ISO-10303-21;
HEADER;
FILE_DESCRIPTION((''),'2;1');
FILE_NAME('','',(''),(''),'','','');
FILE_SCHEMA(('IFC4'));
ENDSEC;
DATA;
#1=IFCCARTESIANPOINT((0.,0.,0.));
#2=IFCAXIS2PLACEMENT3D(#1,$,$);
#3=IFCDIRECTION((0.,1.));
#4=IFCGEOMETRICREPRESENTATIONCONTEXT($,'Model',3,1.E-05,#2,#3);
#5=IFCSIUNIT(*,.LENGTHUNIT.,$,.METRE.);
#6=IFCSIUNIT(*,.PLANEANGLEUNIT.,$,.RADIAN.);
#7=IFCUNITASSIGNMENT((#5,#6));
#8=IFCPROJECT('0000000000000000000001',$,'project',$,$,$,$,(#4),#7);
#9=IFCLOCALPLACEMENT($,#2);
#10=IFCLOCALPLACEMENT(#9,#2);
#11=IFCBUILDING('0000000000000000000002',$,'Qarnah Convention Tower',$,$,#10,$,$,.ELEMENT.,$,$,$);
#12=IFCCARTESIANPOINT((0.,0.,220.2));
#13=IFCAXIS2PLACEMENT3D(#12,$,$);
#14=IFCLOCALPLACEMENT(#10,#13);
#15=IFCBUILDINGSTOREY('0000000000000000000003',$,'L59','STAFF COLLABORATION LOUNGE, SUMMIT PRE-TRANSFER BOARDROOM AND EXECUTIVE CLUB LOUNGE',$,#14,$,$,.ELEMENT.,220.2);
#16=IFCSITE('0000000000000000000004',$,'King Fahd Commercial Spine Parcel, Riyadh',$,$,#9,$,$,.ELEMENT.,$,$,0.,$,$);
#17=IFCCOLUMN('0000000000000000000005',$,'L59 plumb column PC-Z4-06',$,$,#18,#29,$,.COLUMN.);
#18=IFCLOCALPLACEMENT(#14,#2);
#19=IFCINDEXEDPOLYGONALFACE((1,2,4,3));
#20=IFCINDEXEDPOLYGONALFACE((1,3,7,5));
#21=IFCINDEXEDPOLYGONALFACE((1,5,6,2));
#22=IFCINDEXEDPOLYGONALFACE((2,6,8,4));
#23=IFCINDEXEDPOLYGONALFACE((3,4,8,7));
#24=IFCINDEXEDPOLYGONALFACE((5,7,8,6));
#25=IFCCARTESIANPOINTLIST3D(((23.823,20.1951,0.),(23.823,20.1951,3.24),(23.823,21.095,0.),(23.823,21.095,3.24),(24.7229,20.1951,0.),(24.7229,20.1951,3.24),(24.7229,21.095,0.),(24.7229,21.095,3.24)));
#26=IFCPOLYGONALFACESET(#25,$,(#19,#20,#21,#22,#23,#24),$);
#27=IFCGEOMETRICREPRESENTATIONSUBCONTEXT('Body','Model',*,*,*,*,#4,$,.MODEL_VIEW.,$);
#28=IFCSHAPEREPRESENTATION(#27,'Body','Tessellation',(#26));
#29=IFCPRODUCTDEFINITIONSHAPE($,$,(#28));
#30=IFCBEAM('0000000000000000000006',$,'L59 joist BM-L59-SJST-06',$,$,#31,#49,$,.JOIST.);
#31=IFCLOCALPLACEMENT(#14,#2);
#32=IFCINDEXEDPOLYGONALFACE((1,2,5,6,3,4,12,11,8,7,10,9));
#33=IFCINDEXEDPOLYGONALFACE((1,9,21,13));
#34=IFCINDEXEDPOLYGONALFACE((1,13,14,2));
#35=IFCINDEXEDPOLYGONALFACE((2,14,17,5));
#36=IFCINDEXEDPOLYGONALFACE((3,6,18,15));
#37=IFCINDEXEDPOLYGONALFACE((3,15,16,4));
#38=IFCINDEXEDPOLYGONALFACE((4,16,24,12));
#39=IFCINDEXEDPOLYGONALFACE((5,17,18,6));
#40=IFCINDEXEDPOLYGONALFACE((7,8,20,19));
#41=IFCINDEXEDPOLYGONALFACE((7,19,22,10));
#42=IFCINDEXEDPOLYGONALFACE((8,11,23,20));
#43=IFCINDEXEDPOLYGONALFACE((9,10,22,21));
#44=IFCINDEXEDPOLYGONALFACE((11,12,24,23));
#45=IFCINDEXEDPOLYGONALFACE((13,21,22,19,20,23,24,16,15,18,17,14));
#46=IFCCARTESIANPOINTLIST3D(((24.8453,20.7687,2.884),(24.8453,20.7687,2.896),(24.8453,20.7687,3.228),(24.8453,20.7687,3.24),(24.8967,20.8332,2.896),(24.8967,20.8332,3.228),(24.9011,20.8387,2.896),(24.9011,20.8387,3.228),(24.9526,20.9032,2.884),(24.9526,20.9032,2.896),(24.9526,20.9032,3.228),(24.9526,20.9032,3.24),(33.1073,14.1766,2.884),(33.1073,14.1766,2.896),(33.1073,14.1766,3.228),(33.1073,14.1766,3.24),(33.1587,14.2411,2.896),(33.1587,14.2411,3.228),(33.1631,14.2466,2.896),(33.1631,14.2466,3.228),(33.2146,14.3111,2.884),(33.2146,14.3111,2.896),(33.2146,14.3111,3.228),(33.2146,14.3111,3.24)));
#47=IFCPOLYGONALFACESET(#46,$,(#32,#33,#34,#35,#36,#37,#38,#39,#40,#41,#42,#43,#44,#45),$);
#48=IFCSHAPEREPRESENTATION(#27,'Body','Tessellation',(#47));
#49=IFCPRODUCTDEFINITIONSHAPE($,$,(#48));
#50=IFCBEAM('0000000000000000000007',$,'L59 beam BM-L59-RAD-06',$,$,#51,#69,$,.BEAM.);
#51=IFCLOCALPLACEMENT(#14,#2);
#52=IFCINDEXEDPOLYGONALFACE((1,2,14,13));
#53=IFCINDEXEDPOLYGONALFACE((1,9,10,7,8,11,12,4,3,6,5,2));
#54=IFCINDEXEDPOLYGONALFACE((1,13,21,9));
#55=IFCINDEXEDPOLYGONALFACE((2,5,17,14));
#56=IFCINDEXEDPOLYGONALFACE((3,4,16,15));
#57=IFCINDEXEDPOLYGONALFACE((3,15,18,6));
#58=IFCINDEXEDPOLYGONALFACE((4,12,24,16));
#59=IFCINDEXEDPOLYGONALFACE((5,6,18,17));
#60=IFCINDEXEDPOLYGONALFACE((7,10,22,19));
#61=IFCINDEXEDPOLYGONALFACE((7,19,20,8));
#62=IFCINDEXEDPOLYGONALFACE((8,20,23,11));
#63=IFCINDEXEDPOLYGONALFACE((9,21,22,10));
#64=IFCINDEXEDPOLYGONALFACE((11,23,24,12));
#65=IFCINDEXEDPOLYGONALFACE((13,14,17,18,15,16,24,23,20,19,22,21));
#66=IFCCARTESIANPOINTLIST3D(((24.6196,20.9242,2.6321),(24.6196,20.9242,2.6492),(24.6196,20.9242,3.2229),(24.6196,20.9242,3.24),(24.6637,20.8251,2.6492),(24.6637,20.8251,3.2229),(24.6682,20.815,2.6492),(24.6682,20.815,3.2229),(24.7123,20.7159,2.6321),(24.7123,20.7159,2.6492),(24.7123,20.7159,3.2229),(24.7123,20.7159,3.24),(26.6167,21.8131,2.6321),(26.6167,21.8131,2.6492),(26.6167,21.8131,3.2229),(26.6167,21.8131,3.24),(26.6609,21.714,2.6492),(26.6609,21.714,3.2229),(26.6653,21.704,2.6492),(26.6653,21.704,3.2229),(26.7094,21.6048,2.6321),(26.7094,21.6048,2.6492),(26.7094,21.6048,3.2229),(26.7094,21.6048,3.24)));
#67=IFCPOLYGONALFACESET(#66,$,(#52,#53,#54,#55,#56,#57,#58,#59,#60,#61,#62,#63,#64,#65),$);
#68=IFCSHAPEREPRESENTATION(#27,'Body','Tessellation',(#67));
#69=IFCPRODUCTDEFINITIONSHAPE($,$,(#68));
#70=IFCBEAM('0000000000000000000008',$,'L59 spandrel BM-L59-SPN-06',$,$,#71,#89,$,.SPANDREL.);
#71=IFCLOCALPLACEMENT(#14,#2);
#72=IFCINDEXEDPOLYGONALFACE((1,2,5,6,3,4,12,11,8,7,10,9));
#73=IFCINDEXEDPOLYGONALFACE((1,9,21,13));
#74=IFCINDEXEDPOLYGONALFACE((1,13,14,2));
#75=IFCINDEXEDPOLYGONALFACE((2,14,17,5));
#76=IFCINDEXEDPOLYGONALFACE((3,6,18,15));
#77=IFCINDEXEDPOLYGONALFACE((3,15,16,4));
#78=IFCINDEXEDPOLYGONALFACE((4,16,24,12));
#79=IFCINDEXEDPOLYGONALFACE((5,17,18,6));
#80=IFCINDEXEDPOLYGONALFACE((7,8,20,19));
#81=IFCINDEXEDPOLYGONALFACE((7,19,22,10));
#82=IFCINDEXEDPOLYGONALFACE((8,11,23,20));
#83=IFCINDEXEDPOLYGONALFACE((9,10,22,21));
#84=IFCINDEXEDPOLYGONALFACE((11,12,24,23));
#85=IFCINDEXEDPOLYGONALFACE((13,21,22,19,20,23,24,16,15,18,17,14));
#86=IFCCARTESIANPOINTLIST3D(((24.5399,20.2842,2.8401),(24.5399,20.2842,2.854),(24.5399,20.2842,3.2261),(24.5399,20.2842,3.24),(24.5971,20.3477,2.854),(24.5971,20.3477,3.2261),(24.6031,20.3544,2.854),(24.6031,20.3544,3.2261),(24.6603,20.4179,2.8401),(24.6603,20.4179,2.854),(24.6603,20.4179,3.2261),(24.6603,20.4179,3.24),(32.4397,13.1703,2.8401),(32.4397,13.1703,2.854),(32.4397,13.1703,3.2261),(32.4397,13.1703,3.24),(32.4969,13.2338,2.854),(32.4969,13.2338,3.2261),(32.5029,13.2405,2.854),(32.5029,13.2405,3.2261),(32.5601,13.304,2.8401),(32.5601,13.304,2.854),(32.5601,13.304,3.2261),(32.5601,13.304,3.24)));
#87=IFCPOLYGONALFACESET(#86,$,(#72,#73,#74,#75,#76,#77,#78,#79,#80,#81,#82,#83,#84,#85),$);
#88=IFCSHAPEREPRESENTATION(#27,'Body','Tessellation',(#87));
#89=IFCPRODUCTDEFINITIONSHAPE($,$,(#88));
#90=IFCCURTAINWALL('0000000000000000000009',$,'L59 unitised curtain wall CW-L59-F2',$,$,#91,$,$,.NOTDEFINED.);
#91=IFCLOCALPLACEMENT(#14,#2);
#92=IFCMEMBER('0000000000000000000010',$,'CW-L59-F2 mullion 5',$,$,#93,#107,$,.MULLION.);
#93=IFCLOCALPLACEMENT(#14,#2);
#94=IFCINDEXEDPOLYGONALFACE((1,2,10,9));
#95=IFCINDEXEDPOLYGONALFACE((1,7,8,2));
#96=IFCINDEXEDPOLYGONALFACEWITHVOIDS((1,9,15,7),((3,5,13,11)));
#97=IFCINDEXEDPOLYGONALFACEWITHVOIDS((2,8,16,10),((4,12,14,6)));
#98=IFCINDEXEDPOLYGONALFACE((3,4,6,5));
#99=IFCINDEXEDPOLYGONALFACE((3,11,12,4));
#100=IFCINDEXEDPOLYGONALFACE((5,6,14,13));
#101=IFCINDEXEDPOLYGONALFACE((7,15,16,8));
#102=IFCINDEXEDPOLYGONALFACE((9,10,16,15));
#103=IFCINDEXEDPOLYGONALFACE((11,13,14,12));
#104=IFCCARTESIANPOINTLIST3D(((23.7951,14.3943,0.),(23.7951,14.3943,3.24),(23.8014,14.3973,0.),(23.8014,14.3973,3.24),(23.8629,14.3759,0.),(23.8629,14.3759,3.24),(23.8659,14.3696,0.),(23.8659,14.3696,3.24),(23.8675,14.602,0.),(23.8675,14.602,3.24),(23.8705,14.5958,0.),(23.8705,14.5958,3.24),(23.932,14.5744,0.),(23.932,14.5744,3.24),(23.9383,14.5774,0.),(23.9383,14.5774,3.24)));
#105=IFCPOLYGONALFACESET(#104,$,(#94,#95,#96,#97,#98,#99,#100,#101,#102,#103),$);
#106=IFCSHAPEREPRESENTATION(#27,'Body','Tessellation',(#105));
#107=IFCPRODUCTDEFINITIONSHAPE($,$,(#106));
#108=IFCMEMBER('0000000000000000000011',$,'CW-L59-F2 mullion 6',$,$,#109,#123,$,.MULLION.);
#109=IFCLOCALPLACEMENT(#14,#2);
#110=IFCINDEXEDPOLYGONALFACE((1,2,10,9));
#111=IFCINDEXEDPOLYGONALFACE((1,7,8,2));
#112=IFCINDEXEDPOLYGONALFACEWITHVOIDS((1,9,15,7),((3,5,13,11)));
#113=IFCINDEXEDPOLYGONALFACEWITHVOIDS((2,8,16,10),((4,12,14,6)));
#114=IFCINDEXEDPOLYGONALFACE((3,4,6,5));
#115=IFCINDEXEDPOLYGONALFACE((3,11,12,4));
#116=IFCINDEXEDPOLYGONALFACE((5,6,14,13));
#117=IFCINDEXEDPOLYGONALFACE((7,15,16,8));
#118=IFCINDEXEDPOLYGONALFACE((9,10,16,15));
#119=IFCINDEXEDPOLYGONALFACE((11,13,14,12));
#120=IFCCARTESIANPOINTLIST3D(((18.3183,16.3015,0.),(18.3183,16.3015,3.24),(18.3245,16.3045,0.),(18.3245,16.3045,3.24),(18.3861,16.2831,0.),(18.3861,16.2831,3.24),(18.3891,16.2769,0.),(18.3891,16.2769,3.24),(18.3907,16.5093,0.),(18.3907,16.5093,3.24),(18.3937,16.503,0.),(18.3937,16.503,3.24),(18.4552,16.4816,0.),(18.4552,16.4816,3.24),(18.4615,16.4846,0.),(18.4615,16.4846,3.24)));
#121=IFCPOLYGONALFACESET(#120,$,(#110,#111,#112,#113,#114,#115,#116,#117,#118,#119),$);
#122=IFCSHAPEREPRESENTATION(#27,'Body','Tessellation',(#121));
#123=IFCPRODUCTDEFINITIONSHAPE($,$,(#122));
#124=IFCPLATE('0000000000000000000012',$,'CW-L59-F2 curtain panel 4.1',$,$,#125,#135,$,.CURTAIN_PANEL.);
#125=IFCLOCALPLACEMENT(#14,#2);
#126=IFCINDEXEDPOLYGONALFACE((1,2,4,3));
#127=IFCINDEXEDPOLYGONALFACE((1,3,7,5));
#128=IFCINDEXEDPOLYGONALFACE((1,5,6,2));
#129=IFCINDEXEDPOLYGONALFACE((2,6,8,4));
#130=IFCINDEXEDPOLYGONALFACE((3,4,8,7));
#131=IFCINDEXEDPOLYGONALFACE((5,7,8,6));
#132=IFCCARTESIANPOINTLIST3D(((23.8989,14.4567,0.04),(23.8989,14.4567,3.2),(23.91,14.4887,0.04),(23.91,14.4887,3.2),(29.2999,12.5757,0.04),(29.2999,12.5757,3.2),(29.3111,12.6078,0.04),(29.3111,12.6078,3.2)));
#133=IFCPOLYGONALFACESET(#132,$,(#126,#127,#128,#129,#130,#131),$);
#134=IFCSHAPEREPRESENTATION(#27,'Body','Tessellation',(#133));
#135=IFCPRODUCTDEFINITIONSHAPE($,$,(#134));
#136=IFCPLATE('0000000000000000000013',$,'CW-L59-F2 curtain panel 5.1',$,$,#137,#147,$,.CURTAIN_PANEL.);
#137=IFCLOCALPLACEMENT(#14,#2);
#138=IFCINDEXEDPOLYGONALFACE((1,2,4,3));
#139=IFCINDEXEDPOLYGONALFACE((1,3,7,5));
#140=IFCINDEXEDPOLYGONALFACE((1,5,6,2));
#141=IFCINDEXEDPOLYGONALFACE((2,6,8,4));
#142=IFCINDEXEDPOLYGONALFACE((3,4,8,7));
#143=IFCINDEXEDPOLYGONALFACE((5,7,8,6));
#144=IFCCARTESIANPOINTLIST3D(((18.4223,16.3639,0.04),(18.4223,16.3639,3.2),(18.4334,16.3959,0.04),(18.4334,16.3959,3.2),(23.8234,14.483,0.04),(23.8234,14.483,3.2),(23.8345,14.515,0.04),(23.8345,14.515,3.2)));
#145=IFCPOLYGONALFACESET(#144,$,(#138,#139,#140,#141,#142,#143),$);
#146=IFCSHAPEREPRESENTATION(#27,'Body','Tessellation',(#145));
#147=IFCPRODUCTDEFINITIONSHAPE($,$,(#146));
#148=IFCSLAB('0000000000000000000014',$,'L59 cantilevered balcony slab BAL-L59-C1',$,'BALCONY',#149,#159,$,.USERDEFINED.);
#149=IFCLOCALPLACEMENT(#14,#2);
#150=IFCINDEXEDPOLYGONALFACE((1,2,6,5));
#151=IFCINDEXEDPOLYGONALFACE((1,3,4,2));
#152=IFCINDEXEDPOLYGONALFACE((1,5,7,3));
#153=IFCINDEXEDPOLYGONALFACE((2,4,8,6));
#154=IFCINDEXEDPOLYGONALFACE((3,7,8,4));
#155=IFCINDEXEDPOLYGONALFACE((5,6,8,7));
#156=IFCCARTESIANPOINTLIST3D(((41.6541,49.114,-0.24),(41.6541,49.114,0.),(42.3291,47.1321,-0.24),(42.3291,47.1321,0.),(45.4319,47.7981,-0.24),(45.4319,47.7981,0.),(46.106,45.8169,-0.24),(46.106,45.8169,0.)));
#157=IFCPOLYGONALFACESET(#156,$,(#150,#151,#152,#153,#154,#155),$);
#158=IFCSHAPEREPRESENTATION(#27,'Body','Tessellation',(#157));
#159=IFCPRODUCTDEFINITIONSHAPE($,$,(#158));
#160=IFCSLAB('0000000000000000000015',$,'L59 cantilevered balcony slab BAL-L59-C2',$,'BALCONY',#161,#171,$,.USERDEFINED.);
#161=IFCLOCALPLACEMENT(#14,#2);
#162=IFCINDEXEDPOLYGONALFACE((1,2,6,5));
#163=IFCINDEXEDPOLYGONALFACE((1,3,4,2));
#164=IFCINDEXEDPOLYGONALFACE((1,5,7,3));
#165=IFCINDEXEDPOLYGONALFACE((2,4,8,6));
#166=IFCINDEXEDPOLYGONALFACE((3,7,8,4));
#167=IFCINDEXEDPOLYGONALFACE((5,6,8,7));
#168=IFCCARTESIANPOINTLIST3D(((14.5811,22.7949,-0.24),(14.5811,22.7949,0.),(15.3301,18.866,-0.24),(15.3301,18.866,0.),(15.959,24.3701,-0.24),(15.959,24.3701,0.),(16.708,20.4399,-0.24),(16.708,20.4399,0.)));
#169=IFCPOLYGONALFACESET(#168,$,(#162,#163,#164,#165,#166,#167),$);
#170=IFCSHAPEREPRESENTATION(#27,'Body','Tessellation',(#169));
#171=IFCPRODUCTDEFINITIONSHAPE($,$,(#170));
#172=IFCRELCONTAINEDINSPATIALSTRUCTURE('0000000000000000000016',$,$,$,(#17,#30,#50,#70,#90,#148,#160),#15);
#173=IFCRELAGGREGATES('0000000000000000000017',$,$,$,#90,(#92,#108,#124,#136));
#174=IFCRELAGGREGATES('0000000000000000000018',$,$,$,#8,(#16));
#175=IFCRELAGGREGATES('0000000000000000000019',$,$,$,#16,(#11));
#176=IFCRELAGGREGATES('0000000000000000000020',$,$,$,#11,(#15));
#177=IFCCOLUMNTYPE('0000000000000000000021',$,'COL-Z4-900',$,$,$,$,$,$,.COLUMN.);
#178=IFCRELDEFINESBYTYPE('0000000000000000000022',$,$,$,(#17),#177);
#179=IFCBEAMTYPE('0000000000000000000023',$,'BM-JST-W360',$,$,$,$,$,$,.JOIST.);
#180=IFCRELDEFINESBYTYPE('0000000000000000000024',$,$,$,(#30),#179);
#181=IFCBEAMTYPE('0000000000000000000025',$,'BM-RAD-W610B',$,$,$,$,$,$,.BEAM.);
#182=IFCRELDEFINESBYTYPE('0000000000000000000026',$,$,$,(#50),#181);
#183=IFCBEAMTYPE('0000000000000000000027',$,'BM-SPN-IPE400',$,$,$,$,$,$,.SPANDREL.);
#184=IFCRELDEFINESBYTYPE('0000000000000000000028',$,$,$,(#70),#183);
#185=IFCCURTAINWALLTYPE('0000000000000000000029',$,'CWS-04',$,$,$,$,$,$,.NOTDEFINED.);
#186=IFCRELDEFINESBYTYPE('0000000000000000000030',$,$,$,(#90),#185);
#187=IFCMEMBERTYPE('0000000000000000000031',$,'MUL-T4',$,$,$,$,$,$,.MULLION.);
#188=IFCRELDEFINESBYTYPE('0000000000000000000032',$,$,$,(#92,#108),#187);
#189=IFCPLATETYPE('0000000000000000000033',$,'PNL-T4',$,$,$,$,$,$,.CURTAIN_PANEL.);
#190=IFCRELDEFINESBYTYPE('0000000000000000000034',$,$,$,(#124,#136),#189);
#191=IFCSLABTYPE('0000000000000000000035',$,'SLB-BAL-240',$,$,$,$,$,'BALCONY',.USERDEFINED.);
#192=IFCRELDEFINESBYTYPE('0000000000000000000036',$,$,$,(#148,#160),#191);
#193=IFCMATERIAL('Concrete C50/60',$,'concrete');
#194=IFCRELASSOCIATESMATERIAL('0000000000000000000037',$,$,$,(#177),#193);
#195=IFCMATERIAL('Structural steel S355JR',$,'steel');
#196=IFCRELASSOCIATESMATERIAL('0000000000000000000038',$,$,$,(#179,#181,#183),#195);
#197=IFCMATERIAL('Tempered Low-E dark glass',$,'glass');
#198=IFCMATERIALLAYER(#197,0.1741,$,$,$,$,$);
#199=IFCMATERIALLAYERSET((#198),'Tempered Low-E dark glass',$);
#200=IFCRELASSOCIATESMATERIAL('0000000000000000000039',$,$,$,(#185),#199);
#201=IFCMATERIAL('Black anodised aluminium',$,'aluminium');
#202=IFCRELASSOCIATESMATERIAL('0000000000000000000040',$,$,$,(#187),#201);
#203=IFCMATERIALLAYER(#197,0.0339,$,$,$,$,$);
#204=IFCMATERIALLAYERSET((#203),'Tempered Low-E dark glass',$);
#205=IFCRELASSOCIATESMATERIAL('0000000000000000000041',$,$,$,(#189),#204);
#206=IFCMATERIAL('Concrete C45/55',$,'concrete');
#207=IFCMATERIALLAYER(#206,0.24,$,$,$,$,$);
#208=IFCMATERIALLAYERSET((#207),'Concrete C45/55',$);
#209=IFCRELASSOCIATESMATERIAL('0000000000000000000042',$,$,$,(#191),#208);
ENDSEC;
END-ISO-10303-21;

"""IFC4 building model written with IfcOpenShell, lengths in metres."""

from ifc_helpers import new_model, si_unit, direction, frame, origin, origin_2d, place, context, subcontext, project, spatial, polyline, rectangle, hollow_rectangle, i_section, outline, extrude, material, layer, layer_set, material_profile, profile_set, type_object, element, aggregate, save


model = new_model("IFC4")

# Units and contexts
model_context = context("Model", 3, precision=1e-05, world=origin(), true_north=direction((0.0, 1.0)))
body_context = subcontext(model_context, "Body", "Model", "MODEL_VIEW")
ifc_project = project(units=[si_unit("LENGTHUNIT", "METRE"), si_unit("PLANEANGLEUNIT", "RADIAN")], contexts=[model_context])

# Site, building, storey
site_placement = place(None, origin())
site = spatial("IfcSite", under=ifc_project, at=site_placement, Name="King Fahd Commercial Spine Parcel, Riyadh", CompositionType="ELEMENT", RefElevation=0.0)
building_placement = place(site_placement, origin())
building = spatial("IfcBuilding", under=site, at=building_placement, Name="Qarnah Convention Tower", CompositionType="ELEMENT")
storey_placement = place(building_placement, frame((0.0, 0.0, 220.2)))
storey = spatial("IfcBuildingStorey", under=building, at=storey_placement, Name="L59", Description="STAFF COLLABORATION LOUNGE, SUMMIT PRE-TRANSFER BOARDROOM AND EXECUTIVE CLUB LOUNGE", CompositionType="ELEMENT", Elevation=220.2)

# Column
ifc_material_1 = material(Name="Concrete C50/60", Category="concrete")
ifc_material_profile_1 = material_profile(ifc_material_1, rectangle(XDim=0.8999, YDim=0.8999, at=origin_2d()), Name="RC-COL-900X900")
ifc_profile_set_1 = profile_set([ifc_material_profile_1], Name="Concrete C50/60")
column_type = type_object("IfcColumnType", Name="COL-Z4-900", PredefinedType="COLUMN", material=ifc_profile_set_1)
column_placement = place(storey_placement, frame((24.2729, 20.645, 0.0), z_axis=(0.0, 0.0, 1.0), x_axis=(1.0, 0.0, 0.0)))
element("IfcColumn", 1, at=column_placement, inside=storey, type_object=column_type, Name="L59 plumb column PC-Z4-06", PredefinedType="COLUMN", context=body_context, shape_type="SweptSolid", body=[
    extrude(rectangle(XDim=0.8999, YDim=0.8999, at=origin_2d()), origin(), (0.0, 0.0, 1.0), 3.24),
])

# Beams
ifc_material_2 = material(Name="Structural steel S355JR", Category="steel")
ifc_material_profile_2 = material_profile(ifc_material_2, i_section(OverallWidth=0.1721, OverallDepth=0.356, WebThickness=0.0071, FlangeThickness=0.012, at=origin_2d()), Name="W360X51")
ifc_profile_set_2 = profile_set([ifc_material_profile_2], Name="Structural steel S355JR")
beam_type_1 = type_object("IfcBeamType", Name="BM-JST-W360", PredefinedType="JOIST", material=ifc_profile_set_2)
beam_1_placement = place(storey_placement, frame((24.8989, 20.8359, 3.062), z_axis=(0.781677, -0.623683, 0.0), x_axis=(0.623683, 0.781677, 0.0)))
element("IfcBeam", 2, at=beam_1_placement, inside=storey, type_object=beam_type_1, Name="L59 joist BM-L59-SJST-06", PredefinedType="JOIST", context=body_context, shape_type="SweptSolid", body=[
    extrude(i_section(OverallWidth=0.1721, OverallDepth=0.356, WebThickness=0.0071, FlangeThickness=0.012, at=origin_2d()), origin(), (0.0, 0.0, 1.0), 10.5696),
])
ifc_material_profile_3 = material_profile(ifc_material_2, i_section(OverallWidth=0.228, OverallDepth=0.6079, WebThickness=0.011, FlangeThickness=0.0171, at=origin_2d()), Name="W610X113")
ifc_profile_set_3 = profile_set([ifc_material_profile_3], Name="Structural steel S355JR")
beam_type_2 = type_object("IfcBeamType", Name="BM-RAD-W610B", PredefinedType="BEAM", material=ifc_profile_set_3)
beam_2_placement = place(storey_placement, frame((26.6631, 21.709, 2.936), z_axis=(-0.913586, -0.406646, 0.0), x_axis=(0.406646, -0.913586, 0.0)))
element("IfcBeam", 3, at=beam_2_placement, inside=storey, type_object=beam_type_2, Name="L59 beam BM-L59-RAD-06", PredefinedType="BEAM", context=body_context, shape_type="SweptSolid", body=[
    extrude(i_section(OverallWidth=0.228, OverallDepth=0.6079, WebThickness=0.011, FlangeThickness=0.0171, at=origin_2d()), origin(), (0.0, 0.0, 1.0), 2.186),
])
ifc_material_profile_4 = material_profile(ifc_material_2, i_section(OverallWidth=0.1799, OverallDepth=0.3999, WebThickness=0.009, FlangeThickness=0.0139, at=origin_2d()), Name="IPE400")
ifc_profile_set_4 = profile_set([ifc_material_profile_4], Name="Structural steel S355JR")
beam_type_3 = type_object("IfcBeamType", Name="BM-SPN-IPE400", PredefinedType="SPANDREL", material=ifc_profile_set_4)
beam_3_placement = place(storey_placement, frame((24.6001, 20.3511, 3.04), z_axis=(0.743102, -0.669178, 0.0), x_axis=(0.669178, 0.743102, 0.0)))
element("IfcBeam", 4, at=beam_3_placement, inside=storey, type_object=beam_type_3, Name="L59 spandrel BM-L59-SPN-06", PredefinedType="SPANDREL", context=body_context, shape_type="SweptSolid", body=[
    extrude(i_section(OverallWidth=0.1799, OverallDepth=0.3999, WebThickness=0.009, FlangeThickness=0.0139, at=origin_2d()), origin(), (0.0, 0.0, 1.0), 10.6309),
])

# Curtain wall, members, plates
ifc_material_3 = material(Name="Tempered Low-E dark glass", Category="glass")
ifc_layer_1 = layer(ifc_material_3, 0.1741)
ifc_layer_set_1 = layer_set([ifc_layer_1], Name="Tempered Low-E dark glass")
curtain_wall_type = type_object("IfcCurtainWallType", Name="CWS-04", PredefinedType="NOTDEFINED", material=ifc_layer_set_1)
curtain_wall_placement = place(storey_placement, origin())
curtain_wall = element("IfcCurtainWall", 5, at=curtain_wall_placement, inside=storey, type_object=curtain_wall_type, Name="L59 unitised curtain wall CW-L59-F2", PredefinedType="NOTDEFINED")
ifc_material_4 = material(Name="Black anodised aluminium", Category="aluminium")
ifc_material_profile_5 = material_profile(ifc_material_4, hollow_rectangle(XDim=0.075, YDim=0.22, WallThickness=0.0049, at=origin_2d()), Name="MUL-75X220")
ifc_profile_set_5 = profile_set([ifc_material_profile_5], Name="Black anodised aluminium")
member_type = type_object("IfcMemberType", Name="MUL-T4", PredefinedType="MULLION", material=ifc_profile_set_5)
member_1_placement = place(storey_placement, frame((23.8667, 14.4858, 0.0), z_axis=(0.0, 0.0, 1.0), x_axis=(-0.944374, 0.328874, 0.0)))
member_1 = element("IfcMember", 6, at=member_1_placement, type_object=member_type, Name="CW-L59-F2 mullion 5", PredefinedType="MULLION", context=body_context, shape_type="SweptSolid", body=[
    extrude(hollow_rectangle(XDim=0.075, YDim=0.22, WallThickness=0.0049, at=origin_2d()), origin(), (0.0, 0.0, 1.0), 3.24),
])
member_2_placement = place(storey_placement, frame((18.3899, 16.3931, 0.0), z_axis=(0.0, 0.0, 1.0), x_axis=(-0.944374, 0.328874, 0.0)))
member_2 = element("IfcMember", 7, at=member_2_placement, type_object=member_type, Name="CW-L59-F2 mullion 6", PredefinedType="MULLION", context=body_context, shape_type="SweptSolid", body=[
    extrude(hollow_rectangle(XDim=0.075, YDim=0.22, WallThickness=0.0049, at=origin_2d()), origin(), (0.0, 0.0, 1.0), 3.24),
])
ifc_layer_2 = layer(ifc_material_3, 0.0339)
ifc_layer_set_2 = layer_set([ifc_layer_2], Name="Tempered Low-E dark glass")
plate_type = type_object("IfcPlateType", Name="PNL-T4", PredefinedType="CURTAIN_PANEL", material=ifc_layer_set_2)
plate_1_placement = place(storey_placement, frame((26.605, 13.5322, 0.04), z_axis=(0.0, 0.0, 1.0), x_axis=(-0.944374, 0.328874, 0.0)))
plate_1 = element("IfcPlate", 8, at=plate_1_placement, type_object=plate_type, Name="CW-L59-F2 curtain panel 4.1", PredefinedType="CURTAIN_PANEL", context=body_context, shape_type="SweptSolid", body=[
    extrude(rectangle(XDim=5.7192, YDim=0.0339, at=origin_2d()), origin(), (0.0, 0.0, 1.0), 3.1599),
])
plate_2_placement = place(storey_placement, frame((21.1284, 15.4395, 0.04), z_axis=(0.0, 0.0, 1.0), x_axis=(-0.944374, 0.328874, 0.0)))
plate_2 = element("IfcPlate", 9, at=plate_2_placement, type_object=plate_type, Name="CW-L59-F2 curtain panel 5.1", PredefinedType="CURTAIN_PANEL", context=body_context, shape_type="SweptSolid", body=[
    extrude(rectangle(XDim=5.7192, YDim=0.0339, at=origin_2d()), origin(), (0.0, 0.0, 1.0), 3.1599),
])
aggregate(curtain_wall, [member_1, member_2, plate_1, plate_2])

# Slabs
ifc_material_5 = material(Name="Concrete C45/55", Category="concrete")
ifc_layer_3 = layer(ifc_material_5, 0.24)
ifc_layer_set_3 = layer_set([ifc_layer_3], Name="Concrete C45/55")
slab_type_1 = type_object("IfcSlabType", Name="SLB-BAL-240", ElementType="BALCONY", PredefinedType="USERDEFINED", material=ifc_layer_set_3)
slab_1_placement = place(storey_placement, frame((0.0, 0.0, -0.24)))
element("IfcSlab", 10, at=slab_1_placement, inside=storey, type_object=slab_type_1, Name="L59 cantilevered balcony slab BAL-L59-C1", ObjectType="BALCONY", PredefinedType="USERDEFINED", context=body_context, shape_type="SweptSolid", body=[
    extrude(outline(polyline([(41.6541, 49.114), (45.4319, 47.7981), (46.106, 45.8169), (42.3291, 47.1321), (41.6541, 49.114)])), origin(), (0.0, 0.0, 1.0), 0.24),
])
slab_2_placement = place(storey_placement, frame((0.0, 0.0, -0.24)))
element("IfcSlab", 11, at=slab_2_placement, inside=storey, type_object=slab_type_1, Name="L59 cantilevered balcony slab BAL-L59-C2", ObjectType="BALCONY", PredefinedType="USERDEFINED", context=body_context, shape_type="SweptSolid", body=[
    extrude(outline(polyline([(15.3301, 18.866), (14.5811, 22.7949), (15.959, 24.3701), (16.708, 20.4399), (15.3301, 18.866)])), origin(), (0.0, 0.0, 1.0), 0.24),
])

save(model, "model.ifc")
